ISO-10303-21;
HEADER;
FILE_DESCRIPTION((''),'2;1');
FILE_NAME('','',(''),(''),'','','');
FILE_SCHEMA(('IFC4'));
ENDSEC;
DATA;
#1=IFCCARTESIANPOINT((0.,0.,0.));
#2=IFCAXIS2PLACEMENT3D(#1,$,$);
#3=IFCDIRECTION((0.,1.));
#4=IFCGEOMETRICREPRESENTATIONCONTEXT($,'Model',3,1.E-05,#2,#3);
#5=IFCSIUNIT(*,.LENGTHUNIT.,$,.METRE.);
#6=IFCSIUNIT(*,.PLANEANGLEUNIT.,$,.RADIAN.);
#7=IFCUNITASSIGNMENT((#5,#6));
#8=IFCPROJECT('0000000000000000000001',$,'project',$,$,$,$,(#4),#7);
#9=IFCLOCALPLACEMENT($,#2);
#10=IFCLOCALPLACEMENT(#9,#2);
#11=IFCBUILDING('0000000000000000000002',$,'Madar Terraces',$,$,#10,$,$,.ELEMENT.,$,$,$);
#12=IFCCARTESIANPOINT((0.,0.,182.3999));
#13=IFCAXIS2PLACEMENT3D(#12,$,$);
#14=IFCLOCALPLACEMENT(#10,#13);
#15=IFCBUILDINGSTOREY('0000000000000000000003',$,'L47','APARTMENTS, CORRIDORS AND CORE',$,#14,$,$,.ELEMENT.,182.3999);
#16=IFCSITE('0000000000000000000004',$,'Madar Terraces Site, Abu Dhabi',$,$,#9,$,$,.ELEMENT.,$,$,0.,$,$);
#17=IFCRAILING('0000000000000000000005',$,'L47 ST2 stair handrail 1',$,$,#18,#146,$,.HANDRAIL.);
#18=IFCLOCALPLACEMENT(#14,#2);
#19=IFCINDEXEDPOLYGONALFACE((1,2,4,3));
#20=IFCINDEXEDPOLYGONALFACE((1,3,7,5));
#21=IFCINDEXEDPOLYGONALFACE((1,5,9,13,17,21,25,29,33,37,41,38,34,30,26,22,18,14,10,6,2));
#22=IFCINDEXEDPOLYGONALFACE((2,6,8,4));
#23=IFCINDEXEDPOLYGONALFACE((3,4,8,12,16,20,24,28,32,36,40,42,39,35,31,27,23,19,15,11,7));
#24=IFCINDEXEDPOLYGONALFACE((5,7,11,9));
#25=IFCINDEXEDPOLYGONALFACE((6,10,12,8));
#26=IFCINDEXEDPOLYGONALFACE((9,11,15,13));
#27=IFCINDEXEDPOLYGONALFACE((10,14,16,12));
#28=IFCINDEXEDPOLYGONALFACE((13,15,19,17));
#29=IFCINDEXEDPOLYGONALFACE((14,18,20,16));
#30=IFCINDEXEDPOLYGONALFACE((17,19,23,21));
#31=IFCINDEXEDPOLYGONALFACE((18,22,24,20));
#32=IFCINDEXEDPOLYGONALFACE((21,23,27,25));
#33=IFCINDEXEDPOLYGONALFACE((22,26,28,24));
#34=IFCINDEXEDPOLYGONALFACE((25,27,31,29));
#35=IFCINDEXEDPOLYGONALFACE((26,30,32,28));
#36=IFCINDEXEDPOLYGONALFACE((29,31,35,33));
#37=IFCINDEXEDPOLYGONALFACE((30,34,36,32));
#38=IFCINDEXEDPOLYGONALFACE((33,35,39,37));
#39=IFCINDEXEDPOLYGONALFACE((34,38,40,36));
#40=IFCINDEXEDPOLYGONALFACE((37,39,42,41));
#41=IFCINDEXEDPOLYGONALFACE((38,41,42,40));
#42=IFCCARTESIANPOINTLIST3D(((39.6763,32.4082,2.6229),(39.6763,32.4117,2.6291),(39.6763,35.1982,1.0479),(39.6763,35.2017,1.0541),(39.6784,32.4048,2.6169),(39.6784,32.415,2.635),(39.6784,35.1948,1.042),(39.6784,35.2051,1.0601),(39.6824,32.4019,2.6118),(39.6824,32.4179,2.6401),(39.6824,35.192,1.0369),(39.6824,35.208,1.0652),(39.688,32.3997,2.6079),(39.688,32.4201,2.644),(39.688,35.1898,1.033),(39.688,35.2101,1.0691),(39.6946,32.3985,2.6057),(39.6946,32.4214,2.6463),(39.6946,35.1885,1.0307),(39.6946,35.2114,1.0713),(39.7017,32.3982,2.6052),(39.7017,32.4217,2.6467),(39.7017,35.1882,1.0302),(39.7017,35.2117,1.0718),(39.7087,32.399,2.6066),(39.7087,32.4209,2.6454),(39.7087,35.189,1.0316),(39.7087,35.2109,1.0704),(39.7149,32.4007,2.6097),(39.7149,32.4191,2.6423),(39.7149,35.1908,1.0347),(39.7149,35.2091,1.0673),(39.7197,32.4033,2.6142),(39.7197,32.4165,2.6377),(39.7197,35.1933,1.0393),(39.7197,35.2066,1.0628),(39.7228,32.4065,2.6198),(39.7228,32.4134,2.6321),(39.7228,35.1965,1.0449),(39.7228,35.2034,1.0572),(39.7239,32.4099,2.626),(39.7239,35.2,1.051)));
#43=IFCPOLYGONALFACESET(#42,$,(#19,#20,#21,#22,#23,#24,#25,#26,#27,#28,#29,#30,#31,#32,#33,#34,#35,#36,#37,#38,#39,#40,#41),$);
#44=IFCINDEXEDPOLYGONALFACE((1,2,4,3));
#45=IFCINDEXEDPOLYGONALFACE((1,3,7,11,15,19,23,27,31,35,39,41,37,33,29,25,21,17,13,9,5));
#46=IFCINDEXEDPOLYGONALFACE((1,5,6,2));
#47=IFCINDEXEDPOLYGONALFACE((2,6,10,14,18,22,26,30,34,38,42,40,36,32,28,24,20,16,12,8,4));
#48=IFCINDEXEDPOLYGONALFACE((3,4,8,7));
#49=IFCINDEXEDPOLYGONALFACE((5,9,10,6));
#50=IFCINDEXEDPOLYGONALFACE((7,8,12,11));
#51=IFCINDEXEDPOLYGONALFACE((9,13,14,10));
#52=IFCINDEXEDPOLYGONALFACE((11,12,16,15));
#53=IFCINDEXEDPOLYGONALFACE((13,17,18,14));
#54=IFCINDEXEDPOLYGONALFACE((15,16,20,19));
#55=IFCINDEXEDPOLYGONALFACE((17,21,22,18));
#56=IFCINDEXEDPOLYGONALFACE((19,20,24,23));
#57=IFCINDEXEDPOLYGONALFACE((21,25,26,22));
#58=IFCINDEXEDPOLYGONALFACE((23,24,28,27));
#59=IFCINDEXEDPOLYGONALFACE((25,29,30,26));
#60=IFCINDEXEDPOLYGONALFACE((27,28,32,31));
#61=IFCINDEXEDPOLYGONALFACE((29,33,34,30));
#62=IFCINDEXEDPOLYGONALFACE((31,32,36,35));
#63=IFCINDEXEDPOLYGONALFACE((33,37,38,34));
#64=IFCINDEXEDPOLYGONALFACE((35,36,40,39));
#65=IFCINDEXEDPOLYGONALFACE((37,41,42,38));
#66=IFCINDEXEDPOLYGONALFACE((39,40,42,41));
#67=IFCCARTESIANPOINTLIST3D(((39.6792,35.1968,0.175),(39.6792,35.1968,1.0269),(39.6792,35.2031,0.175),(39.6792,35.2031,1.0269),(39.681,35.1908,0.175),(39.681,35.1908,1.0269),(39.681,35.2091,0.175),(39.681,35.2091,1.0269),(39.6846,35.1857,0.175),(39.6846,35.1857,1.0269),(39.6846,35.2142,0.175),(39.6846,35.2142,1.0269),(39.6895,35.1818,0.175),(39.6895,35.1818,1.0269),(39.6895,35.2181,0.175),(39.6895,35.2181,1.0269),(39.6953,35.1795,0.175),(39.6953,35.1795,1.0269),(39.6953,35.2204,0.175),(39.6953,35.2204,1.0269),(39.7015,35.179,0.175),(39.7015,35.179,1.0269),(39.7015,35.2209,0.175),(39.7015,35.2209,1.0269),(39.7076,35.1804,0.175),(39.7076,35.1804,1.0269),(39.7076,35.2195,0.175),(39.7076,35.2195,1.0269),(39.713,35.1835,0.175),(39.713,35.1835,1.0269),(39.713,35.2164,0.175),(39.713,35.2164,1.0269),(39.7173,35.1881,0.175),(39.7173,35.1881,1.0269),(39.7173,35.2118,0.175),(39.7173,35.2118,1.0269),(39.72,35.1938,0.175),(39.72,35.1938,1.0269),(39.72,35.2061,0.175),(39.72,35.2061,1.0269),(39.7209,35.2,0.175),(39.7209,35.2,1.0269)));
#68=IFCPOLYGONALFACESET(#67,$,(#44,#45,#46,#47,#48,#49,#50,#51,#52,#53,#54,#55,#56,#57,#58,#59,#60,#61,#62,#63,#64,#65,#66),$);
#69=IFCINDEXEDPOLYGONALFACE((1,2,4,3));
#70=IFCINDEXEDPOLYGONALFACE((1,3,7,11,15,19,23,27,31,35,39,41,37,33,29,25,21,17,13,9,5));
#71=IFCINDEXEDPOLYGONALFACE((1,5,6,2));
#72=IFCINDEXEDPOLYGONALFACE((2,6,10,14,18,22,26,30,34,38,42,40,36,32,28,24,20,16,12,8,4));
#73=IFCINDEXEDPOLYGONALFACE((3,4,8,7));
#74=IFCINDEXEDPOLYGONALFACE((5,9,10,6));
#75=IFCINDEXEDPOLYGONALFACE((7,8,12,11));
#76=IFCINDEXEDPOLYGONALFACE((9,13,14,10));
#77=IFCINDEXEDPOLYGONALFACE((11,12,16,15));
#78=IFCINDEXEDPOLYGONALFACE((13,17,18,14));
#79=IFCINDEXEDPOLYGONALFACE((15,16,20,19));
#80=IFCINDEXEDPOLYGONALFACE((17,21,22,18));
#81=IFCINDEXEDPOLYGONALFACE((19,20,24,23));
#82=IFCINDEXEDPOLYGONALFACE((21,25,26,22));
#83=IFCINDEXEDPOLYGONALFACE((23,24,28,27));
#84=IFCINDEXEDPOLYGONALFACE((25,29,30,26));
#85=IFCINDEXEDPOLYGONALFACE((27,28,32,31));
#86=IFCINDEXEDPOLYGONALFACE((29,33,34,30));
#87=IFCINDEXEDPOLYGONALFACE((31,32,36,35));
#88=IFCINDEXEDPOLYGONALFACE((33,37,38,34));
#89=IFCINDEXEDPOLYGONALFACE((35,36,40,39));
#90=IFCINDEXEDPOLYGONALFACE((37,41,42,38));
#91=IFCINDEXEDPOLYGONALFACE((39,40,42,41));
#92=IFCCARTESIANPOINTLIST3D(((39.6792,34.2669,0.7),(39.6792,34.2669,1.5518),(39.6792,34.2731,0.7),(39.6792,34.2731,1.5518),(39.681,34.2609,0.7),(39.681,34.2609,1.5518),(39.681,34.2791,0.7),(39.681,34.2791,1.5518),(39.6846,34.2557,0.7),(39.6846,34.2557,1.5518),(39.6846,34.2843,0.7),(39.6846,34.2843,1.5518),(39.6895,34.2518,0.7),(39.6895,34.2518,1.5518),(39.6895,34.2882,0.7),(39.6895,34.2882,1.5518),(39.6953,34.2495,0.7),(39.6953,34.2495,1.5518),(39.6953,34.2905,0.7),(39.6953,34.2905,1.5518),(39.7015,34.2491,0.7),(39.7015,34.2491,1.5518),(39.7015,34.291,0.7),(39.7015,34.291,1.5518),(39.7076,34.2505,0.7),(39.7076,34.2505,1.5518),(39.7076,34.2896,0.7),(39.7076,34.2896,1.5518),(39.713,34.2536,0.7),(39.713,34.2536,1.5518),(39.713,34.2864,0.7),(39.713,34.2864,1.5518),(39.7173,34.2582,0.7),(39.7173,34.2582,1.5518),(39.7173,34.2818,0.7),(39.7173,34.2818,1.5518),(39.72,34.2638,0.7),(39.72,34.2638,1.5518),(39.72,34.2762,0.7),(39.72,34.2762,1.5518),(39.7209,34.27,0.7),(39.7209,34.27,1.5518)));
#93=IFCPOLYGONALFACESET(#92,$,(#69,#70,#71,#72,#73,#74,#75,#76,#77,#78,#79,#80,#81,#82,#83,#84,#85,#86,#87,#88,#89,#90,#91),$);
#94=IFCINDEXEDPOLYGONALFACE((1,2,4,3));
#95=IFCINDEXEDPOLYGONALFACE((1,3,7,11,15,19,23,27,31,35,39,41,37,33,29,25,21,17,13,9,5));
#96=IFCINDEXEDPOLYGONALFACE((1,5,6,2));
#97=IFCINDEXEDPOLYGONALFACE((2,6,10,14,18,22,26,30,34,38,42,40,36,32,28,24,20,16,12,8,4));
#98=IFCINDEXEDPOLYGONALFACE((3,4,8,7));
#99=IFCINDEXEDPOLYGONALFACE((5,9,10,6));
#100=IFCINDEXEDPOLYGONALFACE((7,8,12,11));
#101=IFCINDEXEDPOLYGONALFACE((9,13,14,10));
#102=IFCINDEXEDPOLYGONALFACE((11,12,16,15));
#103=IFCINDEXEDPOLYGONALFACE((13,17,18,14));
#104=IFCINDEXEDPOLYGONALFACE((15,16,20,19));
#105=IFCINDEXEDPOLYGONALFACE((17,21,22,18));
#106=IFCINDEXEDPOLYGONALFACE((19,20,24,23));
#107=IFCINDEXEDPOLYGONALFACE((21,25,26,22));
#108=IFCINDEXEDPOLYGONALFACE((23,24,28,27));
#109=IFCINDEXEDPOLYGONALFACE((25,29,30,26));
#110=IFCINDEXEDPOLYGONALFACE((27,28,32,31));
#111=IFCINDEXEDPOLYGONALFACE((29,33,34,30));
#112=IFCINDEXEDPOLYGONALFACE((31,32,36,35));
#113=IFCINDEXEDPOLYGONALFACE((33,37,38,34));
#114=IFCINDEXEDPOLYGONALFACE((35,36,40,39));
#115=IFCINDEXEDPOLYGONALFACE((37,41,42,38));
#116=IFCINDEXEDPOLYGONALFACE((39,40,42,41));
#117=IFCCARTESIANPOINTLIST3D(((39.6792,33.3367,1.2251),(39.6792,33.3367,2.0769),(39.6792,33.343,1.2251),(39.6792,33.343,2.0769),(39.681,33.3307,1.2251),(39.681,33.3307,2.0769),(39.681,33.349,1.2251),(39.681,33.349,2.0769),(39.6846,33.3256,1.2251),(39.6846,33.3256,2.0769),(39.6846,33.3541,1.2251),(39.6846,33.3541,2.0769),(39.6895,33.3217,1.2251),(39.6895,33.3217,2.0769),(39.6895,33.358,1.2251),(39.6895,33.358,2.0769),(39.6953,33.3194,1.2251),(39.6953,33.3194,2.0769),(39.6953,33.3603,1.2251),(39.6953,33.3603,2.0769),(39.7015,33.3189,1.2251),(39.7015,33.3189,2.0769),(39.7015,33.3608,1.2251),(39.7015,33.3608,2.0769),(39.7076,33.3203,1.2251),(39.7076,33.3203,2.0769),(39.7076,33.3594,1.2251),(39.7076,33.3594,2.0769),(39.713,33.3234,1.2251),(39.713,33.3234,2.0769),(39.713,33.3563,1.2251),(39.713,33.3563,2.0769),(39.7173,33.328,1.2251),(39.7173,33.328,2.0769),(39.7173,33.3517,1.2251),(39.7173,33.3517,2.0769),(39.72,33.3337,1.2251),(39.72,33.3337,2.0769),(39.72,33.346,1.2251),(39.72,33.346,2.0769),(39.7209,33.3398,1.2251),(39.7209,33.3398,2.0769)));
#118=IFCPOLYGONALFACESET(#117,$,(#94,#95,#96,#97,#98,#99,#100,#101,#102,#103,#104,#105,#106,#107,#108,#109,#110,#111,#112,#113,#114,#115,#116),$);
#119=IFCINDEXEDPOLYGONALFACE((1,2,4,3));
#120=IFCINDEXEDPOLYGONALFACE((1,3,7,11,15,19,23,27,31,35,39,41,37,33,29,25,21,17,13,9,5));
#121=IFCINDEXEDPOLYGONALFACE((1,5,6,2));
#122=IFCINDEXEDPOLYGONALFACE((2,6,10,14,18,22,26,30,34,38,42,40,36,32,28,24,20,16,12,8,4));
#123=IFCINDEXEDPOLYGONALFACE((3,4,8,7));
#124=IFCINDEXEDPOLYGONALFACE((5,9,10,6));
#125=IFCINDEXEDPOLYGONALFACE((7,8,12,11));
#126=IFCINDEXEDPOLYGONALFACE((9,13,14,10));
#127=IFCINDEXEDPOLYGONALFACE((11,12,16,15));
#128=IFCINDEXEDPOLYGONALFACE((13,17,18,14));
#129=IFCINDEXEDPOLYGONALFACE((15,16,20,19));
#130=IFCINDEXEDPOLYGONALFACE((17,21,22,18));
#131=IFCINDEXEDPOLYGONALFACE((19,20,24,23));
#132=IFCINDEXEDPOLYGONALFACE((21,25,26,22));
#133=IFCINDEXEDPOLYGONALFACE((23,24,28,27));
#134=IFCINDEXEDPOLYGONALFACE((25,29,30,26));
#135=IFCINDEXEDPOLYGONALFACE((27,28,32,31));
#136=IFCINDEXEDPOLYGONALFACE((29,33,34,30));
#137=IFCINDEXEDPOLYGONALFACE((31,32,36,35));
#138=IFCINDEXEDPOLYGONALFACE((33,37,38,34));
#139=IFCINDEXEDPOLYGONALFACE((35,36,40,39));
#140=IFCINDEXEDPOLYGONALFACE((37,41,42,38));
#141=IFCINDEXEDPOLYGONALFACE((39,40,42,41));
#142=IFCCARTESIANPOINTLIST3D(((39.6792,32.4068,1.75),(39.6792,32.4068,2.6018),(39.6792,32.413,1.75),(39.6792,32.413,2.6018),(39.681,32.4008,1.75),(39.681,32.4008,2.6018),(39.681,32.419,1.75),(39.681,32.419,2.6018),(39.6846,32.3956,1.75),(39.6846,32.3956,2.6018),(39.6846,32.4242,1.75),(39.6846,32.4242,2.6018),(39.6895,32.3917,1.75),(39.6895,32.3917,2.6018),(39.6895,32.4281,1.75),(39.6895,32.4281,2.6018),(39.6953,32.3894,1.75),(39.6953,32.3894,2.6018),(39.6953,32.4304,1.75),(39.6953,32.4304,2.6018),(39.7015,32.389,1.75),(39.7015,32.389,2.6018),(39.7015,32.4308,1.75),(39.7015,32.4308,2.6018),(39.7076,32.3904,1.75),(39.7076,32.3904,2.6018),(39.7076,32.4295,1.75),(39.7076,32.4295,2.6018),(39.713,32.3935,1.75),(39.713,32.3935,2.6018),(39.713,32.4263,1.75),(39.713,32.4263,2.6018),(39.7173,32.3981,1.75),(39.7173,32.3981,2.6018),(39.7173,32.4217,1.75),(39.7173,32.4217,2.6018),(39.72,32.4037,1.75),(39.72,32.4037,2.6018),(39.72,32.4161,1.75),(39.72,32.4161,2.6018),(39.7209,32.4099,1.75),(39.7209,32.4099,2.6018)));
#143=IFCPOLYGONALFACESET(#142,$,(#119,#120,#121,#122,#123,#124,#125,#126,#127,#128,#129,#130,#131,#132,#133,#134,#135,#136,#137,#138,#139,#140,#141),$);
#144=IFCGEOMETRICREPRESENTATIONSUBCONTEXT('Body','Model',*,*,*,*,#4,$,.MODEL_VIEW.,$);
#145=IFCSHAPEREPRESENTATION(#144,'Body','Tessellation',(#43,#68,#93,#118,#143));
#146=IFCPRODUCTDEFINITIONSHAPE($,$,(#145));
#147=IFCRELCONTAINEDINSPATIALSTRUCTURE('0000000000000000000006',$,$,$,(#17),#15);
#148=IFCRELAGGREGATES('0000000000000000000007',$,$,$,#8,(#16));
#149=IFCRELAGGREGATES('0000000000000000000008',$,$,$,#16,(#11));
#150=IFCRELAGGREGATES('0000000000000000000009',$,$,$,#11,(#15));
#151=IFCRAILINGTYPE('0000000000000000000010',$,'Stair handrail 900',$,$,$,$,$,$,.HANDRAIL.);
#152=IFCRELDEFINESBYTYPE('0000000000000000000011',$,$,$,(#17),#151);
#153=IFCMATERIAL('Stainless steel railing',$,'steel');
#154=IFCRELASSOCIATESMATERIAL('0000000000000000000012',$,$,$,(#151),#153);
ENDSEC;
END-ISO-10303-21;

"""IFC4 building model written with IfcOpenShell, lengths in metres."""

from ifc_helpers import new_model, si_unit, direction, frame, origin, origin_2d, place, context, subcontext, project, spatial, circle, extrude, material, type_object, element, save


model = new_model("IFC4")

# Units and contexts
model_context = context("Model", 3, precision=1e-05, world=origin(), true_north=direction((0.0, 1.0)))
body_context = subcontext(model_context, "Body", "Model", "MODEL_VIEW")
ifc_project = project(units=[si_unit("LENGTHUNIT", "METRE"), si_unit("PLANEANGLEUNIT", "RADIAN")], contexts=[model_context])

# Site, building, storey
site_placement = place(None, origin())
site = spatial("IfcSite", under=ifc_project, at=site_placement, Name="Madar Terraces Site, Abu Dhabi", CompositionType="ELEMENT", RefElevation=0.0)
building_placement = place(site_placement, origin())
building = spatial("IfcBuilding", under=site, at=building_placement, Name="Madar Terraces", CompositionType="ELEMENT")
storey_placement = place(building_placement, frame((0.0, 0.0, 182.3999)))
storey = spatial("IfcBuildingStorey", under=building, at=storey_placement, Name="L47", Description="APARTMENTS, CORRIDORS AND CORE", CompositionType="ELEMENT", Elevation=182.3999)

# Railing
ifc_material_1 = material(Name="Stainless steel railing", Category="steel")
railing_type_1 = type_object("IfcRailingType", Name="Stair handrail 900", PredefinedType="HANDRAIL", material=ifc_material_1)
railing_1_placement = place(storey_placement, frame((39.7, 35.2, 0.175)))
element("IfcRailing", 1, at=railing_1_placement, inside=storey, type_object=railing_type_1, Name="L47 ST2 stair handrail 1", PredefinedType="HANDRAIL", context=body_context, shape_type="SweptSolid", body=[
    extrude(circle(Radius=0.0239, at=origin_2d()), frame((0.0, 0.0, 0.876), z_axis=(0.0, -0.870834, 0.491578), x_axis=(1.0, 0.0, 0.0)), (0.0, 0.0, 1.0), 3.2039),
    extrude(circle(Radius=0.021, at=origin_2d()), origin(), (0.0, 0.0, 1.0), 0.8518),
    extrude(circle(Radius=0.021, at=origin_2d()), frame((0.0, -0.9299, 0.5249)), (0.0, 0.0, 1.0), 0.8518),
    extrude(circle(Radius=0.021, at=origin_2d()), frame((0.0, -1.8601, 1.05)), (0.0, 0.0, 1.0), 0.8518),
    extrude(circle(Radius=0.021, at=origin_2d()), frame((0.0, -2.79, 1.575)), (0.0, 0.0, 1.0), 0.8518),
])

save(model, "model.ifc")
